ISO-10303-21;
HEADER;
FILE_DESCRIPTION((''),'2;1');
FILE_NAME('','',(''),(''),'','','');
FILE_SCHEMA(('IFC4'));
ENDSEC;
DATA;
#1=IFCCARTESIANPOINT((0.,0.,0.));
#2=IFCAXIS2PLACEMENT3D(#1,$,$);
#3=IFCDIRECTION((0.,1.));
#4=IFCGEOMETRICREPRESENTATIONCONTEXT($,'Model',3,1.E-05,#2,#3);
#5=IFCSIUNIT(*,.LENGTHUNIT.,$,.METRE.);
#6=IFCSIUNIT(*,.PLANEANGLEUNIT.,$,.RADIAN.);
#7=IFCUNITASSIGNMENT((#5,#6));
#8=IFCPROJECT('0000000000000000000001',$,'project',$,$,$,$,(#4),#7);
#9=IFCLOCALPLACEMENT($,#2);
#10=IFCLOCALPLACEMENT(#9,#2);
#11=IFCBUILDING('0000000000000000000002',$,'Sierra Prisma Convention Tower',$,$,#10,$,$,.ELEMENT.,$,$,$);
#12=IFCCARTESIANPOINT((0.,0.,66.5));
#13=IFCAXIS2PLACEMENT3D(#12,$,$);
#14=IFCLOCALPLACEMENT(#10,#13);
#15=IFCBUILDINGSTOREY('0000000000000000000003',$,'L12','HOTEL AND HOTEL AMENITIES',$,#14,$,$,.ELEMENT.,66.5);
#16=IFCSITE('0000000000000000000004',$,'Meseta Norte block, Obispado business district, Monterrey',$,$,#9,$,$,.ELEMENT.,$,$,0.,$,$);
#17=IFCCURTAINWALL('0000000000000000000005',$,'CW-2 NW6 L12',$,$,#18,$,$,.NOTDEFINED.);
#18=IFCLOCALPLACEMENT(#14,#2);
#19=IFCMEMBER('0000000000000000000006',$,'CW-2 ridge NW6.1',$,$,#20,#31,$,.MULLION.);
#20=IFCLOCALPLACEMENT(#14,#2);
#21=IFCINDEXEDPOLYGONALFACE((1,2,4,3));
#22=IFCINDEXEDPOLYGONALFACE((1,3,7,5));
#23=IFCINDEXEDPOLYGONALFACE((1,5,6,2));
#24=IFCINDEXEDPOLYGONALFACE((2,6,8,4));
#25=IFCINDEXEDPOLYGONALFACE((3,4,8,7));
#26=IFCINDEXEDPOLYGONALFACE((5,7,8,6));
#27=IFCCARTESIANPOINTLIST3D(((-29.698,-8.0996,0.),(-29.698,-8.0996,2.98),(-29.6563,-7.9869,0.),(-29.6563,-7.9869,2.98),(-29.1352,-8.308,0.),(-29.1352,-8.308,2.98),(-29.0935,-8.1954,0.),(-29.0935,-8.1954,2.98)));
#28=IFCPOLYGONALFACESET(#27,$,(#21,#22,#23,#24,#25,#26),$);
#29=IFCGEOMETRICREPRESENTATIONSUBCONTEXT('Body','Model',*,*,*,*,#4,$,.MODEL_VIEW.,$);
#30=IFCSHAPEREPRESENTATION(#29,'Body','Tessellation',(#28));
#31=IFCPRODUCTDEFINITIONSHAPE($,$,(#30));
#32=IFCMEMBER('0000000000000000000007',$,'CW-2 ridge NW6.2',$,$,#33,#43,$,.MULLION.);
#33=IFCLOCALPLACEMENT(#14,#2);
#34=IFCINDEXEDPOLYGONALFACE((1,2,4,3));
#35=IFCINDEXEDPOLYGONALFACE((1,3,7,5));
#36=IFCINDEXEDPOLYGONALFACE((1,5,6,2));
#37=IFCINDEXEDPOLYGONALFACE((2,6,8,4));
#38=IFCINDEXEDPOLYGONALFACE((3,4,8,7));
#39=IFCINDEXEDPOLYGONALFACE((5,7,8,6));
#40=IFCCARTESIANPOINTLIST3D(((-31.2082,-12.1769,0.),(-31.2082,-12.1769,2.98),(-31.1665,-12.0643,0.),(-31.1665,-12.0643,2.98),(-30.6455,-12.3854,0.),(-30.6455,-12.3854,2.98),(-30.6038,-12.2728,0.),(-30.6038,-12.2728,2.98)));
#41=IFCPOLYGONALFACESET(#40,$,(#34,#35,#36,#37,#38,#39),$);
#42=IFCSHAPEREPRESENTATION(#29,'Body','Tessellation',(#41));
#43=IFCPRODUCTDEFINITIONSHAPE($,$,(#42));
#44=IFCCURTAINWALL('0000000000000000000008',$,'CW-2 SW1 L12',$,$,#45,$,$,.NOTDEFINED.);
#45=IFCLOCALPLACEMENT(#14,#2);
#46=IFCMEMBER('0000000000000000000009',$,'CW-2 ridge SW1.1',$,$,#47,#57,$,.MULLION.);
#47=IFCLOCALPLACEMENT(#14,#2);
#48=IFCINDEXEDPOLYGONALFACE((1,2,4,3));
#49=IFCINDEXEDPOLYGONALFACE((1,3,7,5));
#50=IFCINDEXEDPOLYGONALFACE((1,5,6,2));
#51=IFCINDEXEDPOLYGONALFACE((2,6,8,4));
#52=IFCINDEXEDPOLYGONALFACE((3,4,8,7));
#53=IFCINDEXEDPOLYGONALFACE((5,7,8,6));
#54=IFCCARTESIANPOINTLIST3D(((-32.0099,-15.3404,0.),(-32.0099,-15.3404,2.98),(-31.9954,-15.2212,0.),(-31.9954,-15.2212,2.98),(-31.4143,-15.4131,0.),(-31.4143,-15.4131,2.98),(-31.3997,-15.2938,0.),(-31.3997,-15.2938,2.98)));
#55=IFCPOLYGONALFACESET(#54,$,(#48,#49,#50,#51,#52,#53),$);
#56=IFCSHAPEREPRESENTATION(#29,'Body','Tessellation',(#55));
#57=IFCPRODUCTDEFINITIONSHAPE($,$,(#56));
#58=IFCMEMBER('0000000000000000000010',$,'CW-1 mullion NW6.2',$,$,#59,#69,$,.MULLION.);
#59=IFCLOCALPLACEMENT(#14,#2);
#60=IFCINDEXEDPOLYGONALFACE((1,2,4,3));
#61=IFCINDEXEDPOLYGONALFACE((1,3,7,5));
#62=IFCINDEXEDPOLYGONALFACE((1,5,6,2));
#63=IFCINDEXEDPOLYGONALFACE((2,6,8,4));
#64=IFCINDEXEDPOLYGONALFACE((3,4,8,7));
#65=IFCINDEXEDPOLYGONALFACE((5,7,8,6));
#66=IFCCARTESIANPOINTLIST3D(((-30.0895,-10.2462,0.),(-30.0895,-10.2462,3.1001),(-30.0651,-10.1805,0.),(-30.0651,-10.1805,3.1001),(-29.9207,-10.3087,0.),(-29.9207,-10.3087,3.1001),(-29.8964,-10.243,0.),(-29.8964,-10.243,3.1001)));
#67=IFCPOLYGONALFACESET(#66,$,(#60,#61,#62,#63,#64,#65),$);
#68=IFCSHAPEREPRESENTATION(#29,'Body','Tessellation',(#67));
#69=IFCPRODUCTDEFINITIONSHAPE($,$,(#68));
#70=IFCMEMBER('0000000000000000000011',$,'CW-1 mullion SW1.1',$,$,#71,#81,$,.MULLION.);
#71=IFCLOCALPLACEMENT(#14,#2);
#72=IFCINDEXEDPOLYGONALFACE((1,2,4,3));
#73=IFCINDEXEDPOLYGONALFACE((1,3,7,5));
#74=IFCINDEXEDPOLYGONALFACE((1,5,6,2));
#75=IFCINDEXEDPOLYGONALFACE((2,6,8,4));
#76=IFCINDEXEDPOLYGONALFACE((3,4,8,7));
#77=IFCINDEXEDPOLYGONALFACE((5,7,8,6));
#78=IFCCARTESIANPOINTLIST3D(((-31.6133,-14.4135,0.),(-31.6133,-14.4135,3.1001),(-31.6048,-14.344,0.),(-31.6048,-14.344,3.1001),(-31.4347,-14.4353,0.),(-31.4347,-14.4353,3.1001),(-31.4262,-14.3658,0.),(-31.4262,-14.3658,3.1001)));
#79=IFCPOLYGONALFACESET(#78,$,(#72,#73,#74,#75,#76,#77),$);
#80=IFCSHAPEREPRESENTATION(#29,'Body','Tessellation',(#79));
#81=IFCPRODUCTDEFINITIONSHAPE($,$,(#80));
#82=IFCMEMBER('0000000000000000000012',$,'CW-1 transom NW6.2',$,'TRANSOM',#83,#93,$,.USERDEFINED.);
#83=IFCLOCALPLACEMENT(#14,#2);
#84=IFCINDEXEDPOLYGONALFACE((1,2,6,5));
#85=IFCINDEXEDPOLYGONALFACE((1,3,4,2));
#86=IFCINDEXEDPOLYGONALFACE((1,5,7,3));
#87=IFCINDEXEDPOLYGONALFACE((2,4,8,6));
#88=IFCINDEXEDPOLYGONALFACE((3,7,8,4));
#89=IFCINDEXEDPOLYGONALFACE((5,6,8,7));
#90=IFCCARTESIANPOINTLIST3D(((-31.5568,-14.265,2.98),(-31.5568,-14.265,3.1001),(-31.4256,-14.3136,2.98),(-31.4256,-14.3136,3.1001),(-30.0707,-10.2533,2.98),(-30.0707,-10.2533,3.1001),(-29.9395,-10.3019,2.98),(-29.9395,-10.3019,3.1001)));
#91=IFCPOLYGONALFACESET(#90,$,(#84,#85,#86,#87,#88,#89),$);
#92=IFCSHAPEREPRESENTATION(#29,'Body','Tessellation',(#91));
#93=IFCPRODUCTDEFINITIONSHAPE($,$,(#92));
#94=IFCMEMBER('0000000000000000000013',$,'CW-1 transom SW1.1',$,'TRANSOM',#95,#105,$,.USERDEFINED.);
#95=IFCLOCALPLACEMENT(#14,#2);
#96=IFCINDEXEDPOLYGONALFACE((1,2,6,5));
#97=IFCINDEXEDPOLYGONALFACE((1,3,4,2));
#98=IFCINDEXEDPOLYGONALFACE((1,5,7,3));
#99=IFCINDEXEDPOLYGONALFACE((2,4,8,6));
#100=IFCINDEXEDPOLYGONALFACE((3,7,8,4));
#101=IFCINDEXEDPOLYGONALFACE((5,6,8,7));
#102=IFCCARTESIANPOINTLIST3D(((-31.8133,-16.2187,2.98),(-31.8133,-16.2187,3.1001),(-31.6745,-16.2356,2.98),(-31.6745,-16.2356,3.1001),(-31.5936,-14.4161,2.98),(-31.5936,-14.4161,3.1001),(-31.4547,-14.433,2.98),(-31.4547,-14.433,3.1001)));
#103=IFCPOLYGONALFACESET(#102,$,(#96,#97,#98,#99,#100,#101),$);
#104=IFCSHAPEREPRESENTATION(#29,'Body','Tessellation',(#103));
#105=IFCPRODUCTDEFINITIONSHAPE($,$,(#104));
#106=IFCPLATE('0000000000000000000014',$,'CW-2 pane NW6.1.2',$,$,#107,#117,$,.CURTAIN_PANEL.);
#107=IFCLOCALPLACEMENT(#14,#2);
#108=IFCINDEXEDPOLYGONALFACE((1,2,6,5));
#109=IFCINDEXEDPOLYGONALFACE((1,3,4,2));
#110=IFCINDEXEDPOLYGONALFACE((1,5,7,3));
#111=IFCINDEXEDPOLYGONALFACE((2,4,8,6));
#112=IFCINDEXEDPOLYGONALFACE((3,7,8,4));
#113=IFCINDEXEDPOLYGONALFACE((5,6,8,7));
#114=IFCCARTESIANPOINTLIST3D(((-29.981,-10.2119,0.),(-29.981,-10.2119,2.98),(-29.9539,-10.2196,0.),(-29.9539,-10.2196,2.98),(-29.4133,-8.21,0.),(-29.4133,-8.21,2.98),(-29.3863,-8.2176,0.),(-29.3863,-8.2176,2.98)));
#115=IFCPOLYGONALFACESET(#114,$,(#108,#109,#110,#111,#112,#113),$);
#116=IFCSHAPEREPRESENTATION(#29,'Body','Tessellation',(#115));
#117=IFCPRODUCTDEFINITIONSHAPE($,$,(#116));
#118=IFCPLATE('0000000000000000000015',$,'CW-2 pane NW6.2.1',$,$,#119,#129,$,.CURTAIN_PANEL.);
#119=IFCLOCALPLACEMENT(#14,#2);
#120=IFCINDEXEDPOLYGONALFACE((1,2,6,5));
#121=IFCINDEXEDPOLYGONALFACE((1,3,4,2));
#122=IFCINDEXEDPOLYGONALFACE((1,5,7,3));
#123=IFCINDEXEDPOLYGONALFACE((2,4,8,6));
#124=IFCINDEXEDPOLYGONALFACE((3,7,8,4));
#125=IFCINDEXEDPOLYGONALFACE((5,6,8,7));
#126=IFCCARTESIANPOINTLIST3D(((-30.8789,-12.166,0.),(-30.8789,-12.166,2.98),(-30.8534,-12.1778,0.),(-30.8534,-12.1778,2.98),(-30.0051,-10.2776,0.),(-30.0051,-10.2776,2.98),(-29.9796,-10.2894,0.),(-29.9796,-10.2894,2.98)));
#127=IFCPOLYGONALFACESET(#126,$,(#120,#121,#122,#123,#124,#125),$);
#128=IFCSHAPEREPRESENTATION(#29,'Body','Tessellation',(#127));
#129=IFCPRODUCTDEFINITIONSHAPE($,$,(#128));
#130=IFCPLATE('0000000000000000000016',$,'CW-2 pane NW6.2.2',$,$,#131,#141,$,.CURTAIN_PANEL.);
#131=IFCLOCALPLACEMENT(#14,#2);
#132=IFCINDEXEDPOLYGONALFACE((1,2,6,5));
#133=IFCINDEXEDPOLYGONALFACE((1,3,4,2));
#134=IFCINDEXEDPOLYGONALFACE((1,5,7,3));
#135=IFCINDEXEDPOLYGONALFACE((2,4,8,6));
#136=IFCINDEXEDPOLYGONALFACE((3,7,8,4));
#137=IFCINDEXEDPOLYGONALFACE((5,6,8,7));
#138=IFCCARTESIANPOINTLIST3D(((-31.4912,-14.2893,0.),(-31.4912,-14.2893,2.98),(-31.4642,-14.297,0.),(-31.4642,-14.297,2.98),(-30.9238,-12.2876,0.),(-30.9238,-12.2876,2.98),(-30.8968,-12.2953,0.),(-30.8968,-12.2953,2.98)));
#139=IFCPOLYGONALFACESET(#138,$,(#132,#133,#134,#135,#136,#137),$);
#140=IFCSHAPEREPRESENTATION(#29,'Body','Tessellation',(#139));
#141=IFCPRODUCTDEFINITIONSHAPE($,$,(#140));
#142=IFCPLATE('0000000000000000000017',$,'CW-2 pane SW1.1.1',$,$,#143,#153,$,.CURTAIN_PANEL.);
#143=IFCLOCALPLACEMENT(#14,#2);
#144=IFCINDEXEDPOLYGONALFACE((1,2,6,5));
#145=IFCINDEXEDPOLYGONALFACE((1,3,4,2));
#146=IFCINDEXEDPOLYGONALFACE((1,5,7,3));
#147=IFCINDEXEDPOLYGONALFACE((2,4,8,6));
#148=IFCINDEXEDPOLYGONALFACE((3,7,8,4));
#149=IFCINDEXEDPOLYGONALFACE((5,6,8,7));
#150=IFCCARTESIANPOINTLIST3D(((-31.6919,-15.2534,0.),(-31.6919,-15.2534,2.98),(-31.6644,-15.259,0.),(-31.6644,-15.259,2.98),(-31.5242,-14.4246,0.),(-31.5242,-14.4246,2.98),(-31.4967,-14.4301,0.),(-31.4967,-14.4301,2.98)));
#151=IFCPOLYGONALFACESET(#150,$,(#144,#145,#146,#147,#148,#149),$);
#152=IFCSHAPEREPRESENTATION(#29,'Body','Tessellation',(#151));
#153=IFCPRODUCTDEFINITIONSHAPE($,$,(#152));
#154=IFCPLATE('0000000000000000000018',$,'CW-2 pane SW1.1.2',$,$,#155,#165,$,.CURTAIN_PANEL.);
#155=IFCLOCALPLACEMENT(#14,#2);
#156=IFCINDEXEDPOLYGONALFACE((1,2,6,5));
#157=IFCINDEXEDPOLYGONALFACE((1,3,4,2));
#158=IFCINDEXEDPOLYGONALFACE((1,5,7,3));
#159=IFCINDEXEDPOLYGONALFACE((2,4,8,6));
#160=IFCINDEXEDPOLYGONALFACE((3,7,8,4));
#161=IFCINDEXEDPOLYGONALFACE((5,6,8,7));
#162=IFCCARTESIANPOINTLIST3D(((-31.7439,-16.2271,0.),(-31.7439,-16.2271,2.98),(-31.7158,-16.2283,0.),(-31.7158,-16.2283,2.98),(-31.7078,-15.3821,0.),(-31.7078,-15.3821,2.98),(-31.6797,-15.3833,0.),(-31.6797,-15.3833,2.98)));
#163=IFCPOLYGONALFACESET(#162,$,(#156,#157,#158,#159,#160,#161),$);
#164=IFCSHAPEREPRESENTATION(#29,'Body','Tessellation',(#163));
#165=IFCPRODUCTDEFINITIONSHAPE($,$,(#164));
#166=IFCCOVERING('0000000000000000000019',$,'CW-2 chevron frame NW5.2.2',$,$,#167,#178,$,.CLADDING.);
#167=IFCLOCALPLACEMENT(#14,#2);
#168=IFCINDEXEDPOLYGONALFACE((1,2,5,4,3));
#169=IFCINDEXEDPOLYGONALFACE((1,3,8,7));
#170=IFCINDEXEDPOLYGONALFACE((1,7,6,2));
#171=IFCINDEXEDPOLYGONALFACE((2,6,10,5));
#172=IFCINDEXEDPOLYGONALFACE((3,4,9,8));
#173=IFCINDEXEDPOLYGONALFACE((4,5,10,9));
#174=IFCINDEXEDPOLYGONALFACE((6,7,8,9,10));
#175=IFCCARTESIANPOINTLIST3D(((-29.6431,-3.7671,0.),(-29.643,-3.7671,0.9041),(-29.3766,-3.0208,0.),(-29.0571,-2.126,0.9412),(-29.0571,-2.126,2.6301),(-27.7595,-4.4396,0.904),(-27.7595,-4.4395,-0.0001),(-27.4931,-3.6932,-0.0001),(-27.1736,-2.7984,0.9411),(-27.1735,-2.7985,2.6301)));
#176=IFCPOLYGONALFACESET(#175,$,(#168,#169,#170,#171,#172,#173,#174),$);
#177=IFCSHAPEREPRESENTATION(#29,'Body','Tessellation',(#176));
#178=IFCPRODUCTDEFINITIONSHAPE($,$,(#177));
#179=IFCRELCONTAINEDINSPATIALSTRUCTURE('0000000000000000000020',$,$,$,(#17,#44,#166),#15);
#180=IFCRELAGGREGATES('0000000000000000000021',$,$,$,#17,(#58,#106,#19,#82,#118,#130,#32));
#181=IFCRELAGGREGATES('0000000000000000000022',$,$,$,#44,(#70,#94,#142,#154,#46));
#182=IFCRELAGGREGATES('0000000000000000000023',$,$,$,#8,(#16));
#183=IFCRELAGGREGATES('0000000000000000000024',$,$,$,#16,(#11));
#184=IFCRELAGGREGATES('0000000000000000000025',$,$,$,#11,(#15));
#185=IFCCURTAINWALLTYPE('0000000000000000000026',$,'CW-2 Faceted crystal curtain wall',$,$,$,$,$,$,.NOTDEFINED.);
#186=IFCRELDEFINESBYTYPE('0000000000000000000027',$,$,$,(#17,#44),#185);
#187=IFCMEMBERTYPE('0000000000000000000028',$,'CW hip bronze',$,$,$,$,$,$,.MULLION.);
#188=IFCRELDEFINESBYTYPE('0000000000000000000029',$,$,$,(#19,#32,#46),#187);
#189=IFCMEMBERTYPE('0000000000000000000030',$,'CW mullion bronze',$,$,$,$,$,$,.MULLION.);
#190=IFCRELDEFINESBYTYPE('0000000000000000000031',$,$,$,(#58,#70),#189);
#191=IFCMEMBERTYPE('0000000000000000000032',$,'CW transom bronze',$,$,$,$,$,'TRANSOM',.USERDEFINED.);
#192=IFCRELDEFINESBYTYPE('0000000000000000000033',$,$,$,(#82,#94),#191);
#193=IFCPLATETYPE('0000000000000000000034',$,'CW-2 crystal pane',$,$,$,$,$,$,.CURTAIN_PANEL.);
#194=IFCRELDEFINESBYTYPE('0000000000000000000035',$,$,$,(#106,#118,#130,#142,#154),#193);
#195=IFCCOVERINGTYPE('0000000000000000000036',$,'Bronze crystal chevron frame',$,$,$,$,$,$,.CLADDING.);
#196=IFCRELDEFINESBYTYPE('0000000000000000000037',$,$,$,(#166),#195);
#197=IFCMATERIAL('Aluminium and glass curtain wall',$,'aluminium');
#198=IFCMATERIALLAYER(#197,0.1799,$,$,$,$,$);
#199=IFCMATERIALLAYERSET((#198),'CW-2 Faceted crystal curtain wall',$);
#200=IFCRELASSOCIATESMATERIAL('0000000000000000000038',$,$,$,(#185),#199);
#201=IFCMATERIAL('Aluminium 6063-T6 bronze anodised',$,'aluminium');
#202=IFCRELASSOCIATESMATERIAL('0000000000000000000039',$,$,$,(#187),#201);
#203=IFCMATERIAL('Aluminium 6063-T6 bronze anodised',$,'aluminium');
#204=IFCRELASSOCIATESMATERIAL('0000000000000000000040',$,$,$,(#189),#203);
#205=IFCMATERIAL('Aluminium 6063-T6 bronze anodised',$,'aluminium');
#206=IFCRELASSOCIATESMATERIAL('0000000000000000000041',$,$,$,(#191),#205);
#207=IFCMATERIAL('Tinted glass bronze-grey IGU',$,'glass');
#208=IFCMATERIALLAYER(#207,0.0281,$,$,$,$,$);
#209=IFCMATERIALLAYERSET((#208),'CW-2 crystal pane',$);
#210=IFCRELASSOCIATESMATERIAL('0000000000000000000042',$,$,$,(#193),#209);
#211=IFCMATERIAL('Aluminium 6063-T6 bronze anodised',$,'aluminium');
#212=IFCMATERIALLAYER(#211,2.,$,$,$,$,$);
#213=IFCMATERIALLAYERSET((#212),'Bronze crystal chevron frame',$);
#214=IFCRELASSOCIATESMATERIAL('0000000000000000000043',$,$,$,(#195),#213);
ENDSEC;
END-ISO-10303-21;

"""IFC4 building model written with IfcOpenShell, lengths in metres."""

from ifc_helpers import new_model, si_unit, direction, frame, origin, origin_2d, place, context, subcontext, project, spatial, polyline, rectangle, outline, extrude, material, layer, layer_set, material_profile, profile_set, type_object, element, aggregate, save


model = new_model("IFC4")

# Units and contexts
model_context = context("Model", 3, precision=1e-05, world=origin(), true_north=direction((0.0, 1.0)))
body_context = subcontext(model_context, "Body", "Model", "MODEL_VIEW")
ifc_project = project(units=[si_unit("LENGTHUNIT", "METRE"), si_unit("PLANEANGLEUNIT", "RADIAN")], contexts=[model_context])

# Site, building, storey
site_placement = place(None, origin())
site = spatial("IfcSite", under=ifc_project, at=site_placement, Name="Meseta Norte block, Obispado business district, Monterrey", CompositionType="ELEMENT", RefElevation=0.0)
building_placement = place(site_placement, origin())
building = spatial("IfcBuilding", under=site, at=building_placement, Name="Sierra Prisma Convention Tower", CompositionType="ELEMENT")
storey_placement = place(building_placement, frame((0.0, 0.0, 66.5)))
storey = spatial("IfcBuildingStorey", under=building, at=storey_placement, Name="L12", Description="HOTEL AND HOTEL AMENITIES", CompositionType="ELEMENT", Elevation=66.5)

# Curtain wall, members
ifc_material_1 = material(Name="Aluminium and glass curtain wall", Category="aluminium")
ifc_layer_1 = layer(ifc_material_1, 0.1799)
ifc_layer_set_1 = layer_set([ifc_layer_1], Name="CW-2 Faceted crystal curtain wall")
curtain_wall_type = type_object("IfcCurtainWallType", Name="CW-2 Faceted crystal curtain wall", PredefinedType="NOTDEFINED", material=ifc_layer_set_1)
curtain_wall_1_placement = place(storey_placement, origin())
curtain_wall_1 = element("IfcCurtainWall", 1, at=curtain_wall_1_placement, inside=storey, type_object=curtain_wall_type, Name="CW-2 NW6 L12", PredefinedType="NOTDEFINED")
ifc_material_2 = material(Name="Aluminium 6063-T6 bronze anodised", Category="aluminium")
ifc_material_profile_1 = material_profile(ifc_material_2, rectangle(XDim=0.1201, YDim=0.6001, at=origin_2d()), Name="ALU RIDGE BLADE 120x600")
ifc_profile_set_1 = profile_set([ifc_material_profile_1], Name="Aluminium 6063-T6 bronze anodised")
member_type_1 = type_object("IfcMemberType", Name="CW hip bronze", PredefinedType="MULLION", material=ifc_profile_set_1)
member_1_placement = place(storey_placement, frame((-29.3958, -8.1475, 0.0), z_axis=(0.0, 0.0, 1.0), x_axis=(-0.347364, -0.93773, 0.0)))
member_1 = element("IfcMember", 2, at=member_1_placement, type_object=member_type_1, Name="CW-2 ridge NW6.1", PredefinedType="MULLION", context=body_context, shape_type="SweptSolid", body=[
    extrude(rectangle(XDim=0.1201, YDim=0.6001, at=origin_2d()), origin(), (0.0, 0.0, 1.0), 2.98),
])
member_2_placement = place(storey_placement, frame((-30.906, -12.2249, 0.0), z_axis=(0.0, 0.0, 1.0), x_axis=(-0.347364, -0.93773, 0.0)))
member_2 = element("IfcMember", 3, at=member_2_placement, type_object=member_type_1, Name="CW-2 ridge NW6.2", PredefinedType="MULLION", context=body_context, shape_type="SweptSolid", body=[
    extrude(rectangle(XDim=0.1201, YDim=0.6001, at=origin_2d()), origin(), (0.0, 0.0, 1.0), 2.98),
])

# Curtain wall, member
curtain_wall_2_placement = place(storey_placement, origin())
curtain_wall_2 = element("IfcCurtainWall", 4, at=curtain_wall_2_placement, inside=storey, type_object=curtain_wall_type, Name="CW-2 SW1 L12", PredefinedType="NOTDEFINED")
member_3_placement = place(storey_placement, frame((-31.7048, -15.3171, 0.0), z_axis=(0.0, 0.0, 1.0), x_axis=(-0.121043, -0.992647, 0.0)))
member_3 = element("IfcMember", 5, at=member_3_placement, type_object=member_type_1, Name="CW-2 ridge SW1.1", PredefinedType="MULLION", context=body_context, shape_type="SweptSolid", body=[
    extrude(rectangle(XDim=0.1201, YDim=0.6001, at=origin_2d()), origin(), (0.0, 0.0, 1.0), 2.98),
])

# Members
ifc_material_3 = material(Name="Aluminium 6063-T6 bronze anodised", Category="aluminium")
ifc_material_profile_2 = material_profile(ifc_material_3, rectangle(XDim=0.1799, YDim=0.0701, at=origin_2d()), Name="ALU MULLION 70x180")
ifc_profile_set_2 = profile_set([ifc_material_profile_2], Name="Aluminium 6063-T6 bronze anodised")
member_type_2 = type_object("IfcMemberType", Name="CW mullion bronze", PredefinedType="MULLION", material=ifc_profile_set_2)
member_4_placement = place(storey_placement, frame((-29.9929, -10.2446, 0.0), z_axis=(0.0, 0.0, 1.0), x_axis=(0.93773, -0.347364, 0.0)))
member_4 = element("IfcMember", 6, at=member_4_placement, type_object=member_type_2, Name="CW-1 mullion NW6.2", PredefinedType="MULLION", context=body_context, shape_type="SweptSolid", body=[
    extrude(rectangle(XDim=0.1799, YDim=0.0701, at=origin_2d()), origin(), (0.0, 0.0, 1.0), 3.1001),
])
member_5_placement = place(storey_placement, frame((-31.5198, -14.3896, 0.0), z_axis=(0.0, 0.0, 1.0), x_axis=(0.992647, -0.121043, 0.0)))
member_5 = element("IfcMember", 7, at=member_5_placement, type_object=member_type_2, Name="CW-1 mullion SW1.1", PredefinedType="MULLION", context=body_context, shape_type="SweptSolid", body=[
    extrude(rectangle(XDim=0.1799, YDim=0.0701, at=origin_2d()), origin(), (0.0, 0.0, 1.0), 3.1001),
])
ifc_material_4 = material(Name="Aluminium 6063-T6 bronze anodised", Category="aluminium")
ifc_material_profile_3 = material_profile(ifc_material_4, rectangle(XDim=0.1399, YDim=0.1201, at=origin_2d()), Name="ALU TRANSOM 120x140")
ifc_profile_set_3 = profile_set([ifc_material_profile_3], Name="Aluminium 6063-T6 bronze anodised")
member_type_3 = type_object("IfcMemberType", Name="CW transom bronze", ElementType="TRANSOM", PredefinedType="USERDEFINED", material=ifc_profile_set_3)
member_6_placement = place(storey_placement, frame((-30.0051, -10.2776, 3.04), z_axis=(-0.347368, -0.937729, 0.0), x_axis=(0.937729, -0.347368, 0.0)))
member_6 = element("IfcMember", 8, at=member_6_placement, type_object=member_type_3, Name="CW-1 transom NW6.2", ObjectType="TRANSOM", PredefinedType="USERDEFINED", context=body_context, shape_type="SweptSolid", body=[
    extrude(rectangle(XDim=0.1399, YDim=0.1201, at=origin_2d()), origin(), (0.0, 0.0, 1.0), 4.2781),
])
member_7_placement = place(storey_placement, frame((-31.5242, -14.4246, 3.04), z_axis=(-0.121006, -0.992652, 0.0), x_axis=(0.992652, -0.121006, 0.0)))
member_7 = element("IfcMember", 9, at=member_7_placement, type_object=member_type_3, Name="CW-1 transom SW1.1", ObjectType="TRANSOM", PredefinedType="USERDEFINED", context=body_context, shape_type="SweptSolid", body=[
    extrude(rectangle(XDim=0.1399, YDim=0.1201, at=origin_2d()), origin(), (0.0, 0.0, 1.0), 1.8159),
])

# Plates
ifc_material_5 = material(Name="Tinted glass bronze-grey IGU", Category="glass")
ifc_layer_2 = layer(ifc_material_5, 0.0281)
ifc_layer_set_2 = layer_set([ifc_layer_2], Name="CW-2 crystal pane")
plate_type = type_object("IfcPlateType", Name="CW-2 crystal pane", PredefinedType="CURTAIN_PANEL", material=ifc_layer_set_2)
plate_1_placement = place(storey_placement, frame((-29.981, -10.2119, 0.0), z_axis=(-0.962075, 0.272784, 0.0), x_axis=(0.272784, 0.962075, 0.0)))
plate_1 = element("IfcPlate", 10, at=plate_1_placement, type_object=plate_type, Name="CW-2 pane NW6.1.2", PredefinedType="CURTAIN_PANEL", context=body_context, shape_type="SweptSolid", body=[
    extrude(outline(polyline([(0.0, 0.0), (2.0809, 0.0), (2.0809, -2.98), (0.0, -2.98), (0.0, 0.0)])), origin(), (0.0, 0.0, -1.0), 0.0281),
])
plate_2_placement = place(storey_placement, frame((-30.0051, -10.2776, 0.0), z_axis=(-0.907557, 0.419929, 0.0), x_axis=(-0.419929, -0.907557, 0.0)))
plate_2 = element("IfcPlate", 11, at=plate_2_placement, type_object=plate_type, Name="CW-2 pane NW6.2.1", PredefinedType="CURTAIN_PANEL", context=body_context, shape_type="SweptSolid", body=[
    extrude(outline(polyline([(0.0, 0.0), (2.0808, 0.0), (2.0808, 2.98), (0.0, 2.98), (0.0, 0.0)])), origin(), (0.0, 0.0, -1.0), 0.0281),
])
plate_3_placement = place(storey_placement, frame((-31.4912, -14.2893, 0.0), z_axis=(-0.962097, 0.272706, 0.0), x_axis=(0.272706, 0.962097, 0.0)))
plate_3 = element("IfcPlate", 12, at=plate_3_placement, type_object=plate_type, Name="CW-2 pane NW6.2.2", PredefinedType="CURTAIN_PANEL", context=body_context, shape_type="SweptSolid", body=[
    extrude(outline(polyline([(0.0, 0.0), (2.0806, 0.0), (2.0806, -2.98), (0.0, -2.98), (0.0, 0.0)])), origin(), (0.0, 0.0, -1.0), 0.0281),
])
aggregate(curtain_wall_1, [member_4, plate_1, member_1, member_6, plate_2, plate_3, member_2])
plate_4_placement = place(storey_placement, frame((-31.5242, -14.4246, 0.0), z_axis=(-0.980134, 0.198336, 0.0), x_axis=(-0.198336, -0.980134, 0.0)))
plate_4 = element("IfcPlate", 13, at=plate_4_placement, type_object=plate_type, Name="CW-2 pane SW1.1.1", PredefinedType="CURTAIN_PANEL", context=body_context, shape_type="SweptSolid", body=[
    extrude(outline(polyline([(0.0, 0.0), (0.8457, 0.0), (0.8457, 2.98), (0.0, 2.98), (0.0, 0.0)])), origin(), (0.0, 0.0, -1.0), 0.0281),
])
plate_5_placement = place(storey_placement, frame((-31.7439, -16.2271, 0.0), z_axis=(-0.999087, 0.042723, 0.0), x_axis=(0.042723, 0.999087, 0.0)))
plate_5 = element("IfcPlate", 14, at=plate_5_placement, type_object=plate_type, Name="CW-2 pane SW1.1.2", PredefinedType="CURTAIN_PANEL", context=body_context, shape_type="SweptSolid", body=[
    extrude(outline(polyline([(0.0, 0.0), (0.8457, 0.0), (0.8457, -2.98), (0.0, -2.98), (0.0, 0.0)])), origin(), (0.0, 0.0, -1.0), 0.0281),
])
aggregate(curtain_wall_2, [member_5, member_7, plate_4, plate_5, member_3])

# Covering
ifc_material_6 = material(Name="Aluminium 6063-T6 bronze anodised", Category="aluminium")
ifc_layer_3 = layer(ifc_material_6, 2.0)
ifc_layer_set_3 = layer_set([ifc_layer_3], Name="Bronze crystal chevron frame")
covering_type = type_object("IfcCoveringType", Name="Bronze crystal chevron frame", PredefinedType="CLADDING", material=ifc_layer_set_3)
covering_1_placement = place(storey_placement, frame((-29.6431, -3.7671, 0.0), z_axis=(-0.94178, 0.33623, 0.000035), x_axis=(0.000033, -0.000012, 1.0)))
element("IfcCovering", 15, at=covering_1_placement, inside=storey, type_object=covering_type, Name="CW-2 chevron frame NW5.2.2", PredefinedType="CLADDING", context=body_context, shape_type="SweptSolid", body=[
    extrude(outline(polyline([(0.0, 0.0), (0.9041, 0.0), (2.6301, 1.7426), (0.9412, 1.7426), (0.0, 0.7924), (0.0, 0.0)])), origin(), (0.0, 0.0, -1.0), 2.0),
])

save(model, "model.ifc")
